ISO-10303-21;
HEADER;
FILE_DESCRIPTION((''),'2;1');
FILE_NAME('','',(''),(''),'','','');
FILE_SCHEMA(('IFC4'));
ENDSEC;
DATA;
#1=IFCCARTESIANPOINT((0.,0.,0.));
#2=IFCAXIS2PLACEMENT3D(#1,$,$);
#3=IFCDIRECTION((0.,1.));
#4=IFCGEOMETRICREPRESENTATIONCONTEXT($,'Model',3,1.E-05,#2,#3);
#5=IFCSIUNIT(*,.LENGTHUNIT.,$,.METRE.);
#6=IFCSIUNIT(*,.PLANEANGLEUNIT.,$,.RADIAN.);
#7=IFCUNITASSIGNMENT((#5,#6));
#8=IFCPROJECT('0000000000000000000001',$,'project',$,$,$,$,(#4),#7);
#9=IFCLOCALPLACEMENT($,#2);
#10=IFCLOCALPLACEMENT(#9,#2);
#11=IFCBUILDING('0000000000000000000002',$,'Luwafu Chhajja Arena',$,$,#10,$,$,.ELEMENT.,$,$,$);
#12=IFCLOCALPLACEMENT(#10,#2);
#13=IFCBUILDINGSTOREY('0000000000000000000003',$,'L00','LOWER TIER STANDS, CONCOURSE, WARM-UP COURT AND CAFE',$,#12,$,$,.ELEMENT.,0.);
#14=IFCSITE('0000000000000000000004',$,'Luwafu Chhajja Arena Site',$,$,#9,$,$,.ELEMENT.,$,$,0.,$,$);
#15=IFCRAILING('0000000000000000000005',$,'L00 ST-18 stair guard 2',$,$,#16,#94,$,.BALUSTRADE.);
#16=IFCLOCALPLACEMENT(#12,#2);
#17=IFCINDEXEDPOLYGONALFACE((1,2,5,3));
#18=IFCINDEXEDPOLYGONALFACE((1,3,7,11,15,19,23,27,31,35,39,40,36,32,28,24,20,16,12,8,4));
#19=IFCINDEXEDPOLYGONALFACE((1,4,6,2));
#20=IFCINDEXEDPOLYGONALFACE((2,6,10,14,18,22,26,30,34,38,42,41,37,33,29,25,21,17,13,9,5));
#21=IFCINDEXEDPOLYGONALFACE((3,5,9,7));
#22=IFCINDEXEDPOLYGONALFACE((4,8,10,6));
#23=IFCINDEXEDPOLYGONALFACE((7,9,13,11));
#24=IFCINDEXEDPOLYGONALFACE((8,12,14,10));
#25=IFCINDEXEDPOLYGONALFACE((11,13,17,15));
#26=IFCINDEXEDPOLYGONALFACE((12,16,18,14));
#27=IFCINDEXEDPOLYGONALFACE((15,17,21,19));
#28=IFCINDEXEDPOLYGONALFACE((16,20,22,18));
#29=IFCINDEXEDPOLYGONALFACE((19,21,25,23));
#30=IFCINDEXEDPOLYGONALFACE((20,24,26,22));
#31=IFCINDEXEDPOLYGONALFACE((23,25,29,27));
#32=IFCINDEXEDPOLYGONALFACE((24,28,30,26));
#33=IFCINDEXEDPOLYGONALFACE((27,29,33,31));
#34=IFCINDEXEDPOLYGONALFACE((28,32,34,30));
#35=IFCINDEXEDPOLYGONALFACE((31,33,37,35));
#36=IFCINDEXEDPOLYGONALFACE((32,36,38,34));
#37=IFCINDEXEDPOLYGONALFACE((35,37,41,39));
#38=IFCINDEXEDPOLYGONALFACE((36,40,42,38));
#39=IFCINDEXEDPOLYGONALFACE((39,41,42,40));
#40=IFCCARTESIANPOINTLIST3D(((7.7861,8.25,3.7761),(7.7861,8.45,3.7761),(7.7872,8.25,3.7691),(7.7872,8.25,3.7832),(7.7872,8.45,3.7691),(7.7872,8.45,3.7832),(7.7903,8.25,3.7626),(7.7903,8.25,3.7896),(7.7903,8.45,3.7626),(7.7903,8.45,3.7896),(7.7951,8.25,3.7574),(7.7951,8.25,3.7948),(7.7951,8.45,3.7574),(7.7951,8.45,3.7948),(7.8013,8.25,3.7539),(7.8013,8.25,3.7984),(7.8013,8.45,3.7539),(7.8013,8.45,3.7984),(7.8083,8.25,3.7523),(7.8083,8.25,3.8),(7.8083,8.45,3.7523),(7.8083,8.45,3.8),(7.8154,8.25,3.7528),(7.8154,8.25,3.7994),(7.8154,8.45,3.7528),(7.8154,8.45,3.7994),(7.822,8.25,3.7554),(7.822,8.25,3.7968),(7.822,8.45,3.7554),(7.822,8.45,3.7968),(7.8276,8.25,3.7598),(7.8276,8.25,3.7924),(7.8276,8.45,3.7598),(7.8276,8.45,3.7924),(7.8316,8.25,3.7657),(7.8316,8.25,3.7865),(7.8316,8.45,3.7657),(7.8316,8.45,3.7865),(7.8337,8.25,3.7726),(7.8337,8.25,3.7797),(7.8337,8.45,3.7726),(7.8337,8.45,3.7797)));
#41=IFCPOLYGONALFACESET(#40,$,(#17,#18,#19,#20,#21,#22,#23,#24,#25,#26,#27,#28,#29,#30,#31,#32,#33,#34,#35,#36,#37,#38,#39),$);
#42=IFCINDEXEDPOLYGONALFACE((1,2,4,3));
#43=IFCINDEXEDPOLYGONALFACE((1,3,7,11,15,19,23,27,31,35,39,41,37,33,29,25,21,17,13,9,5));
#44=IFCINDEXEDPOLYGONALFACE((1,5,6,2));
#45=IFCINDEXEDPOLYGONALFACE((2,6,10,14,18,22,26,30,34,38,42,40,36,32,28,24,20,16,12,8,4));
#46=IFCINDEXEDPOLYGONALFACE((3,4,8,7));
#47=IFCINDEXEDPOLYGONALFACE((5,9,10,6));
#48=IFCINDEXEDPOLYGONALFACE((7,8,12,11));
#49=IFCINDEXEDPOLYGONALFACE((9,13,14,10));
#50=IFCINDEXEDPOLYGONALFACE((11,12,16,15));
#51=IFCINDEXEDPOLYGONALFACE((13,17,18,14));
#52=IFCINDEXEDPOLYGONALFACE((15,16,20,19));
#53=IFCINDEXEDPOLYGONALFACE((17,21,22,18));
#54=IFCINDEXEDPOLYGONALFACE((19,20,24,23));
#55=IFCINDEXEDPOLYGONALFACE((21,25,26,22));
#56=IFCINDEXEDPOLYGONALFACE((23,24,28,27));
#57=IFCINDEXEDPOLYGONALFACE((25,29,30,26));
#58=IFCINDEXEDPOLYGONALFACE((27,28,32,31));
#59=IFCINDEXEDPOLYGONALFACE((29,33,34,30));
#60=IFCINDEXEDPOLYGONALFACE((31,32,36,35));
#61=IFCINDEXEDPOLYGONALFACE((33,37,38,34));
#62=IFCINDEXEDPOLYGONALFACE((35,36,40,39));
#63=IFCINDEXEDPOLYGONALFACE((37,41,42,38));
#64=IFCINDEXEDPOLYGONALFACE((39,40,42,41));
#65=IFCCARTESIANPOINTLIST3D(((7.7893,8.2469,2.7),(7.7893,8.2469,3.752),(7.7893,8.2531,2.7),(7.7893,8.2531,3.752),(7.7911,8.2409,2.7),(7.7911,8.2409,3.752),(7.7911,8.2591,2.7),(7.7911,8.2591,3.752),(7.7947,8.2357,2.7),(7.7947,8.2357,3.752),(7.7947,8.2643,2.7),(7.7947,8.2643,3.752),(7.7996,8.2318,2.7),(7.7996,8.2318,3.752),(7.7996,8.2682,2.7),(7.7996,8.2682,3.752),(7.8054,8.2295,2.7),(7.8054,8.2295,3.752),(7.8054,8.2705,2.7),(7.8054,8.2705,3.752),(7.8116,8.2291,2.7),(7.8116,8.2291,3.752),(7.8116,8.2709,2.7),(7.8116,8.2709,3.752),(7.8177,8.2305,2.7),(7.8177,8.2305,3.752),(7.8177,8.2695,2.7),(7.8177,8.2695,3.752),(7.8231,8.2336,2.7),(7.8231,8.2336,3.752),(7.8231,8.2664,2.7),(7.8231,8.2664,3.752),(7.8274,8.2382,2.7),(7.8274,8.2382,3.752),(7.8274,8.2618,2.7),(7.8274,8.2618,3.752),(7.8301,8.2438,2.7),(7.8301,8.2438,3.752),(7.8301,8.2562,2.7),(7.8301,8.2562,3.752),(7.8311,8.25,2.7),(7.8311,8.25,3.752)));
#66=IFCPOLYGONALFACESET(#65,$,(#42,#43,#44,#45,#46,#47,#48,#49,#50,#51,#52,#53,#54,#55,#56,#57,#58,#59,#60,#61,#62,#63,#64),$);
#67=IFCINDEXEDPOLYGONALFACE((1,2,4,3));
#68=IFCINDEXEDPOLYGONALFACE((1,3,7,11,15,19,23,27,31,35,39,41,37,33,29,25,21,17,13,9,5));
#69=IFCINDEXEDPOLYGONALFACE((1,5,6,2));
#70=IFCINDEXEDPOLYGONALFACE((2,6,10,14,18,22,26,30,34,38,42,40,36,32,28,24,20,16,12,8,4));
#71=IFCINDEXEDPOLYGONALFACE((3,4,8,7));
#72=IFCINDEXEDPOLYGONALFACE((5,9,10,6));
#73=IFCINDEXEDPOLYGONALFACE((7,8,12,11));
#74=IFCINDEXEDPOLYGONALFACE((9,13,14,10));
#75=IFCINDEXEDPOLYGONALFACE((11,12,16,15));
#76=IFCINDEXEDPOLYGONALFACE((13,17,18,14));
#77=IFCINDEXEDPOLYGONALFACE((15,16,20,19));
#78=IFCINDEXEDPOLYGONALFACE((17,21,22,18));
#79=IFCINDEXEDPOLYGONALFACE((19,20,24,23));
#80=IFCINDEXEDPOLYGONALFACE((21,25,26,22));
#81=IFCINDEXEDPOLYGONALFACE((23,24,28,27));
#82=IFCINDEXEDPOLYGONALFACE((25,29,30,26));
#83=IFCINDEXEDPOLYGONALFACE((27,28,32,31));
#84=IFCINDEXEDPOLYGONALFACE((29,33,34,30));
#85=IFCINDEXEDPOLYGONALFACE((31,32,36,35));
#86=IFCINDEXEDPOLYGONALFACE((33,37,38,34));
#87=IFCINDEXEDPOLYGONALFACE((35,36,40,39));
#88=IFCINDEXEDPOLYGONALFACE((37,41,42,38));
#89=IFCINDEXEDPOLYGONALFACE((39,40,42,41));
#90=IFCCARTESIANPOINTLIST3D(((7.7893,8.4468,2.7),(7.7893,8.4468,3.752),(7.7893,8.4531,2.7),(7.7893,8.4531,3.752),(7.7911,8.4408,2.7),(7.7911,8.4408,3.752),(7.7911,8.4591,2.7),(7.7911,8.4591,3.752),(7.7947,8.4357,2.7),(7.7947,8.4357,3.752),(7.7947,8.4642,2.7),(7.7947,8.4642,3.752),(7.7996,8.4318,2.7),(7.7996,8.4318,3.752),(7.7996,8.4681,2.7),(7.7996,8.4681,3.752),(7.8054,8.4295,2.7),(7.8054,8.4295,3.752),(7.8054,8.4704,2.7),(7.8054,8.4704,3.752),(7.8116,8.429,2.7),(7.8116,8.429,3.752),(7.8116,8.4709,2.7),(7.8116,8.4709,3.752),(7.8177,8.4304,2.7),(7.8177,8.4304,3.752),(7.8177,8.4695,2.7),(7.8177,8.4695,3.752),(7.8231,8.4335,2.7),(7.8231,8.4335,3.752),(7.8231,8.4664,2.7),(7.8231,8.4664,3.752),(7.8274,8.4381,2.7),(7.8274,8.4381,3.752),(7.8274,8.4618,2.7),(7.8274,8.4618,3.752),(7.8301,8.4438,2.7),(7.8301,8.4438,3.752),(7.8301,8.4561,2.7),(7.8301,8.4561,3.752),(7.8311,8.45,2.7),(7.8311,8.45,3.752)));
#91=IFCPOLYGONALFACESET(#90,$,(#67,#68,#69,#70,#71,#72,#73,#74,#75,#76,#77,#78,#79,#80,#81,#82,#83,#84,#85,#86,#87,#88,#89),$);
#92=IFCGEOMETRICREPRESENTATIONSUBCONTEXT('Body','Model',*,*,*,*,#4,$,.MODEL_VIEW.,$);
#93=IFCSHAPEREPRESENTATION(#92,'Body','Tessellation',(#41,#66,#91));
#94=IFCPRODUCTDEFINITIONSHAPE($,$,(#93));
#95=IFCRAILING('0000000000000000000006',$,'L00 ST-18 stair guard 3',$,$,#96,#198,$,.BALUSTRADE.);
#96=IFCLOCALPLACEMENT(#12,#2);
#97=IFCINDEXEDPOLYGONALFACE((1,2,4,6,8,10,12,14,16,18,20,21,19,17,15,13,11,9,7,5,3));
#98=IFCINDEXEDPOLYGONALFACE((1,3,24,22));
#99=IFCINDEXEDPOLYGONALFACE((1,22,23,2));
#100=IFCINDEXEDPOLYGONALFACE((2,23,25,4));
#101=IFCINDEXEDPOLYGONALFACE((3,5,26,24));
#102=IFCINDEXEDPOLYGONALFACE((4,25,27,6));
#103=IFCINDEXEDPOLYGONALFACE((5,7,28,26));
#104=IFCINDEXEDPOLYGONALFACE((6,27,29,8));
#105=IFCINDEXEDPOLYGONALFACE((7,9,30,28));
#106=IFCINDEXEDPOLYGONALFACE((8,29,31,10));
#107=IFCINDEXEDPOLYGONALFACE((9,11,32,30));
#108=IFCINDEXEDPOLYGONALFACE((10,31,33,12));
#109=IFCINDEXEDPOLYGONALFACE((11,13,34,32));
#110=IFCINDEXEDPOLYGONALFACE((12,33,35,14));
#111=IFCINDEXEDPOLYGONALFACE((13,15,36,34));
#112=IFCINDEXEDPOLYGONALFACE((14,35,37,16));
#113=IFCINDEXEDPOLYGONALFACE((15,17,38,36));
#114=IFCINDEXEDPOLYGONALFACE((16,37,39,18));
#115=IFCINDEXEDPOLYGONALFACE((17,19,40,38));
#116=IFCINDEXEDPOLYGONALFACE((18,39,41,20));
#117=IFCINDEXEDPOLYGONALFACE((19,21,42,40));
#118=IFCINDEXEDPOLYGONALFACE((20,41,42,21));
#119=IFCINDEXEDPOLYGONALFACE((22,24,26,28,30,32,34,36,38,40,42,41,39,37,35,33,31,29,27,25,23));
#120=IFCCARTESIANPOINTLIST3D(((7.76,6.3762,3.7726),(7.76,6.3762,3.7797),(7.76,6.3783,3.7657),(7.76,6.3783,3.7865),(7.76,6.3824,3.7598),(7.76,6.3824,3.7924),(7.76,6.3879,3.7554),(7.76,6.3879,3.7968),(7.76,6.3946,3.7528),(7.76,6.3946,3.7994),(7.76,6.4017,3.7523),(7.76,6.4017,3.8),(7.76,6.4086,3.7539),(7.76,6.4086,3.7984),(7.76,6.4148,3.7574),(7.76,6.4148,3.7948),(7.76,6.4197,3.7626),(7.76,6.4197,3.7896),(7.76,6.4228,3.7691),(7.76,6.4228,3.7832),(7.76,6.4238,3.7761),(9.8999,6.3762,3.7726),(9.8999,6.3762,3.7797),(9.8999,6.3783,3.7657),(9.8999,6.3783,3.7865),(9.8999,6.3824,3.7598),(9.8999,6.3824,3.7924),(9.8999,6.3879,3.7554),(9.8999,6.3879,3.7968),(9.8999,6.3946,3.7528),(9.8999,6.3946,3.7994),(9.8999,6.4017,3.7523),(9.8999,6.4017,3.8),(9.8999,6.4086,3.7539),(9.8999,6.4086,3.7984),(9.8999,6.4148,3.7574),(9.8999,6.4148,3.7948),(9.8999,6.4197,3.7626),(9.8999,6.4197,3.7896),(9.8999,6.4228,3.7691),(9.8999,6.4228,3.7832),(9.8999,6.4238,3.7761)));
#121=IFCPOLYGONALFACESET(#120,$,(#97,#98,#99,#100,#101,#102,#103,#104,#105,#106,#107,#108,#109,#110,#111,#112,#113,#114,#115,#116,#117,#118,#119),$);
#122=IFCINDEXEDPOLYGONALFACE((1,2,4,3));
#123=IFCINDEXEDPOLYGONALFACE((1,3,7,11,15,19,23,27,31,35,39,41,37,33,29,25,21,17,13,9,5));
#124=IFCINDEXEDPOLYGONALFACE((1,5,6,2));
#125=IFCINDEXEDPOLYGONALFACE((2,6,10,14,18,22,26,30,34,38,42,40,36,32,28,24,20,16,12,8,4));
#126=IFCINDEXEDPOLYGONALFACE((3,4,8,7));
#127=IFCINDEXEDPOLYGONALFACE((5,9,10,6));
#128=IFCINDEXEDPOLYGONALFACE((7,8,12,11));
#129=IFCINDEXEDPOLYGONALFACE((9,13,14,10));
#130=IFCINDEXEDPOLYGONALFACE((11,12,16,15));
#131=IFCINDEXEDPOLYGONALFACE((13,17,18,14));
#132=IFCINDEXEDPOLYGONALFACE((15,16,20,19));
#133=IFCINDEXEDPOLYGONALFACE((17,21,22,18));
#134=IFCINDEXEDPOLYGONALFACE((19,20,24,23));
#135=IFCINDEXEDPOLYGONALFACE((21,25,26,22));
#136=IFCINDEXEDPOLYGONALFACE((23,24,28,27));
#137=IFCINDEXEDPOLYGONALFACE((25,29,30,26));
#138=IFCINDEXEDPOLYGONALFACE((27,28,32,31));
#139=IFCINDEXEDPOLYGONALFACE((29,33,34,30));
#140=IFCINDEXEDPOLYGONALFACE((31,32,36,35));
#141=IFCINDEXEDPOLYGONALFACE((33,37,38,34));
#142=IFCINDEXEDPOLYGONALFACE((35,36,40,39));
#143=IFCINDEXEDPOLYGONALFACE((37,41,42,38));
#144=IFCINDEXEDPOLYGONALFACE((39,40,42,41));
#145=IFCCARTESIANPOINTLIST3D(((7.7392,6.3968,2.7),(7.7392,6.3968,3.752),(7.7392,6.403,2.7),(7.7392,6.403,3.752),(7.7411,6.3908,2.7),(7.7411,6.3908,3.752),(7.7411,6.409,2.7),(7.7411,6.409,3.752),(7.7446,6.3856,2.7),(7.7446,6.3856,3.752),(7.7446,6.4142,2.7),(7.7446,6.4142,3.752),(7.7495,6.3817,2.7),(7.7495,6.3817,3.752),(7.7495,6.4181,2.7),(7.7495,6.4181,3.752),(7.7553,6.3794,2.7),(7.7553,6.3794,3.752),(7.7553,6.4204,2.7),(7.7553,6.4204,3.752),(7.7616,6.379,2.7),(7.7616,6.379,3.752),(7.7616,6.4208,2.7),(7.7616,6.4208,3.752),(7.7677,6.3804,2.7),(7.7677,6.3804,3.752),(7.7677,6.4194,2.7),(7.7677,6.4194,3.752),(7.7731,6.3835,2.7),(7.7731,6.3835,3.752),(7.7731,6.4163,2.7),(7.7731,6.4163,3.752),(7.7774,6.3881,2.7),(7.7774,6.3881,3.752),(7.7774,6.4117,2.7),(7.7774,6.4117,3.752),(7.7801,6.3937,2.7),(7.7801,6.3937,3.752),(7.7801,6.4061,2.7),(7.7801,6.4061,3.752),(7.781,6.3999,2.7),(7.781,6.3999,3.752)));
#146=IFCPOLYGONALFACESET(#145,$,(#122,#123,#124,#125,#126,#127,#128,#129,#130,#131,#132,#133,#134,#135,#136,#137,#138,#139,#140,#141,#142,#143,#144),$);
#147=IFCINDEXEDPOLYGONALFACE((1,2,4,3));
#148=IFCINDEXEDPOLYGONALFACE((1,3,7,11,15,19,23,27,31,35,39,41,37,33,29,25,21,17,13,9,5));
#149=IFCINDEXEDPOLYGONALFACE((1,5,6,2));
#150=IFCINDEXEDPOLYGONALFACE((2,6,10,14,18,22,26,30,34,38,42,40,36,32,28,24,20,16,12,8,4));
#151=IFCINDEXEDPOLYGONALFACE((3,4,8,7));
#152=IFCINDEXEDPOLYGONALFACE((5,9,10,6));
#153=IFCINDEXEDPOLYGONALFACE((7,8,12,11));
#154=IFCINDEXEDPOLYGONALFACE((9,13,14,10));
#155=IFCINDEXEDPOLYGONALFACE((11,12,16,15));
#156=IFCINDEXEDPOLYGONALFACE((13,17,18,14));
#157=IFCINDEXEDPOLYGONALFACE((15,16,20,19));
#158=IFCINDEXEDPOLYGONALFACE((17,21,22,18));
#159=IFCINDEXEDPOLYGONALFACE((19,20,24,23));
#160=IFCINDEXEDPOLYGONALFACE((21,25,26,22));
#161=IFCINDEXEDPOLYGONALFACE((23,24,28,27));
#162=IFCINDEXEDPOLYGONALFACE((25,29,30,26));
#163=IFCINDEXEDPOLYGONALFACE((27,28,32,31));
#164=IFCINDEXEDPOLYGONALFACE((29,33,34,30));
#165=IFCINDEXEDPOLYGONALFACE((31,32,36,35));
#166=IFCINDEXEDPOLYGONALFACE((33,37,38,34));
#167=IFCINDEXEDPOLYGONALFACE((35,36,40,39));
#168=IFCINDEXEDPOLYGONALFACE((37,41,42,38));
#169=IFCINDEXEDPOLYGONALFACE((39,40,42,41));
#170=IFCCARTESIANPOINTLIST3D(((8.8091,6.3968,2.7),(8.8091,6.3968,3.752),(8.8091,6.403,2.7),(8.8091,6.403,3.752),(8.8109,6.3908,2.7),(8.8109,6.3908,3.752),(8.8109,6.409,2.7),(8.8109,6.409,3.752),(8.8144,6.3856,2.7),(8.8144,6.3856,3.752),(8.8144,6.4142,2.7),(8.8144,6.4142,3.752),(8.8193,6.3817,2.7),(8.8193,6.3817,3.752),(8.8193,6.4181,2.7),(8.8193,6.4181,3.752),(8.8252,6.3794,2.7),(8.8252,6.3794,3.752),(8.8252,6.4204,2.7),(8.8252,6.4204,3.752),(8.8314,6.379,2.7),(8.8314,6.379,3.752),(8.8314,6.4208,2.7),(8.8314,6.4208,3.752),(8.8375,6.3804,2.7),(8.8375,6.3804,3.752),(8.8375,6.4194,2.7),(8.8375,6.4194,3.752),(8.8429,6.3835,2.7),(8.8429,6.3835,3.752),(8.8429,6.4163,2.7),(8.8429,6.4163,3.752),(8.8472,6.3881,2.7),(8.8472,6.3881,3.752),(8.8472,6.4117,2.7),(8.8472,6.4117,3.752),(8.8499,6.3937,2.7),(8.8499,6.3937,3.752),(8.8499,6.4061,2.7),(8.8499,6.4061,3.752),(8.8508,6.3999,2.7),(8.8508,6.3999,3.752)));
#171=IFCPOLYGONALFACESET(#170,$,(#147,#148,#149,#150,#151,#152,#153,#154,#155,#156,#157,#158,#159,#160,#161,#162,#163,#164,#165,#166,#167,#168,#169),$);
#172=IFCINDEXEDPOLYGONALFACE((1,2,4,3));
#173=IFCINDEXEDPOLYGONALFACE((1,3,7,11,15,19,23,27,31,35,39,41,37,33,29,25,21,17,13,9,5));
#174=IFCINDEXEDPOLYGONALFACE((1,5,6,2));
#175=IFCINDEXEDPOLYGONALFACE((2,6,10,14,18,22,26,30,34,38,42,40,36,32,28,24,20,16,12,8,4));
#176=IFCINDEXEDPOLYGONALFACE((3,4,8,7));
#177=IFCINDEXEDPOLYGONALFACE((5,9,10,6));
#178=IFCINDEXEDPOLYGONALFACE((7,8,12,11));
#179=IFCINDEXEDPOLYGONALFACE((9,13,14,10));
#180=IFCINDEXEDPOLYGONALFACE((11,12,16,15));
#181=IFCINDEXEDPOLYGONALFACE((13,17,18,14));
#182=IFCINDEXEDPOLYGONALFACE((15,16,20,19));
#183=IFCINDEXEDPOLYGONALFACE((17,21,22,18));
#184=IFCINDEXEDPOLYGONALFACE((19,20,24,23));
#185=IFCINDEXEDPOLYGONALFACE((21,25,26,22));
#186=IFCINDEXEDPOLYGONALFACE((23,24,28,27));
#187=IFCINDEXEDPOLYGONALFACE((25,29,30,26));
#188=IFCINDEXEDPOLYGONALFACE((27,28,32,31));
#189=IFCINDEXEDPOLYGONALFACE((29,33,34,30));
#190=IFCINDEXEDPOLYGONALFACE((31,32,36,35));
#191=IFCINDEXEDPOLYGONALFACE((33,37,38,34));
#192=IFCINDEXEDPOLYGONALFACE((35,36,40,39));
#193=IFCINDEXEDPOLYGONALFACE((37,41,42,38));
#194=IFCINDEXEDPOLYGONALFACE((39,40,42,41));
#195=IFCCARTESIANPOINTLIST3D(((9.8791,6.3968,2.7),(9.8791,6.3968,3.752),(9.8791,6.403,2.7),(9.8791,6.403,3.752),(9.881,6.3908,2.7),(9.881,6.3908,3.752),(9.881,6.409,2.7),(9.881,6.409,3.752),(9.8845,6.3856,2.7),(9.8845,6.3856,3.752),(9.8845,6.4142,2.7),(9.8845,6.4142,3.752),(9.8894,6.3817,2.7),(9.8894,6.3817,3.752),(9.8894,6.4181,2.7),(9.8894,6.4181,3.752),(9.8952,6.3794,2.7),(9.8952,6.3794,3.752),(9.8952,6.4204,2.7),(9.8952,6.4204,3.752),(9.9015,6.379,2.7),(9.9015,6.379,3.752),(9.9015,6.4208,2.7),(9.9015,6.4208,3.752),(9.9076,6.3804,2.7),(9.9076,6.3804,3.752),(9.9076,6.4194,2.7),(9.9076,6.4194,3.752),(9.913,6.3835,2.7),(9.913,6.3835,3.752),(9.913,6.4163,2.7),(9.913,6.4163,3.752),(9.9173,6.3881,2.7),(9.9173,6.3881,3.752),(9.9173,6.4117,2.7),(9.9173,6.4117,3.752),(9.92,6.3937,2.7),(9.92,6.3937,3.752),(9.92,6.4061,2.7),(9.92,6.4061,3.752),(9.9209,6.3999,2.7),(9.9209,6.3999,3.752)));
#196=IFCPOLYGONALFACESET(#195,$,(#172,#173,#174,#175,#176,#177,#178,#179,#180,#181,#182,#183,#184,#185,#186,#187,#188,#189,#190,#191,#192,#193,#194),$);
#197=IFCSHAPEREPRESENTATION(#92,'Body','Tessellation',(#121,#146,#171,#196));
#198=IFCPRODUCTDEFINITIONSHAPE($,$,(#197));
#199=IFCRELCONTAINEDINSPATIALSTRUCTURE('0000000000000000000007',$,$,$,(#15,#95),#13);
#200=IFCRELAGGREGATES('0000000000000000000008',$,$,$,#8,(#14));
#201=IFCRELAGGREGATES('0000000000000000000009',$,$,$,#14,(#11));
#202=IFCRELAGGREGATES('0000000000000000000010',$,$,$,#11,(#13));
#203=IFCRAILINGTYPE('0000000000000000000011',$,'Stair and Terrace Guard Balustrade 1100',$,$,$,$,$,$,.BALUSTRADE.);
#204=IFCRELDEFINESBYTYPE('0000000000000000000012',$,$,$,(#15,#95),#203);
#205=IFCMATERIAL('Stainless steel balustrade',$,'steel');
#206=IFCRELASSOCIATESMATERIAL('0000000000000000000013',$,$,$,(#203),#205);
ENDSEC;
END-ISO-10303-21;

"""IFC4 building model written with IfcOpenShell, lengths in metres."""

from ifc_helpers import new_model, si_unit, direction, frame, origin, origin_2d, place, context, subcontext, project, spatial, circle, extrude, material, type_object, element, save


model = new_model("IFC4")

# Units and contexts
model_context = context("Model", 3, precision=1e-05, world=origin(), true_north=direction((0.0, 1.0)))
body_context = subcontext(model_context, "Body", "Model", "MODEL_VIEW")
ifc_project = project(units=[si_unit("LENGTHUNIT", "METRE"), si_unit("PLANEANGLEUNIT", "RADIAN")], contexts=[model_context])

# Site, building, storey
site_placement = place(None, origin())
site = spatial("IfcSite", under=ifc_project, at=site_placement, Name="Luwafu Chhajja Arena Site", CompositionType="ELEMENT", RefElevation=0.0)
building_placement = place(site_placement, origin())
building = spatial("IfcBuilding", under=site, at=building_placement, Name="Luwafu Chhajja Arena", CompositionType="ELEMENT")
storey_placement = place(building_placement, origin())
storey = spatial("IfcBuildingStorey", under=building, at=storey_placement, Name="L00", Description="LOWER TIER STANDS, CONCOURSE, WARM-UP COURT AND CAFE", CompositionType="ELEMENT", Elevation=0.0)

# Railings
ifc_material_1 = material(Name="Stainless steel balustrade", Category="steel")
railing_type_1 = type_object("IfcRailingType", Name="Stair and Terrace Guard Balustrade 1100", PredefinedType="BALUSTRADE", material=ifc_material_1)
railing_1_placement = place(storey_placement, frame((7.8101, 8.25, 2.7)))
element("IfcRailing", 1, at=railing_1_placement, inside=storey, type_object=railing_type_1, Name="L00 ST-18 stair guard 2", PredefinedType="BALUSTRADE", context=body_context, shape_type="SweptSolid", body=[
    extrude(circle(Radius=0.0239, at=origin_2d()), frame((0.0, 0.0, 1.0762), z_axis=(0.0, 1.0, 0.0), x_axis=(-1.0, 0.0, 0.0)), (0.0, 0.0, 1.0), 0.2),
    extrude(circle(Radius=0.021, at=origin_2d()), origin(), (0.0, 0.0, 1.0), 1.052),
    extrude(circle(Radius=0.021, at=origin_2d()), frame((0.0, 0.2, 0.0)), (0.0, 0.0, 1.0), 1.052),
])
for number, where, name in (
    (2, (7.76, 6.3999, 2.7), "L00 ST-18 stair guard 3"),
):
    element("IfcRailing", number, at=place(storey_placement, frame(where)), inside=storey, type_object=railing_type_1, Name=name, PredefinedType="BALUSTRADE", context=body_context, shape_type="SweptSolid", body=[
        extrude(circle(Radius=0.0239, at=origin_2d()), frame((0.0, 0.0, 1.0762), z_axis=(1.0, 0.0, 0.0), x_axis=(0.0, 1.0, 0.0)), (0.0, 0.0, 1.0), 2.1399),
        extrude(circle(Radius=0.021, at=origin_2d()), origin(), (0.0, 0.0, 1.0), 1.052),
        extrude(circle(Radius=0.021, at=origin_2d()), frame((1.0698, 0.0, 0.0)), (0.0, 0.0, 1.0), 1.052),
        extrude(circle(Radius=0.021, at=origin_2d()), frame((2.1399, 0.0, 0.0)), (0.0, 0.0, 1.0), 1.052),
    ])

save(model, "model.ifc")
